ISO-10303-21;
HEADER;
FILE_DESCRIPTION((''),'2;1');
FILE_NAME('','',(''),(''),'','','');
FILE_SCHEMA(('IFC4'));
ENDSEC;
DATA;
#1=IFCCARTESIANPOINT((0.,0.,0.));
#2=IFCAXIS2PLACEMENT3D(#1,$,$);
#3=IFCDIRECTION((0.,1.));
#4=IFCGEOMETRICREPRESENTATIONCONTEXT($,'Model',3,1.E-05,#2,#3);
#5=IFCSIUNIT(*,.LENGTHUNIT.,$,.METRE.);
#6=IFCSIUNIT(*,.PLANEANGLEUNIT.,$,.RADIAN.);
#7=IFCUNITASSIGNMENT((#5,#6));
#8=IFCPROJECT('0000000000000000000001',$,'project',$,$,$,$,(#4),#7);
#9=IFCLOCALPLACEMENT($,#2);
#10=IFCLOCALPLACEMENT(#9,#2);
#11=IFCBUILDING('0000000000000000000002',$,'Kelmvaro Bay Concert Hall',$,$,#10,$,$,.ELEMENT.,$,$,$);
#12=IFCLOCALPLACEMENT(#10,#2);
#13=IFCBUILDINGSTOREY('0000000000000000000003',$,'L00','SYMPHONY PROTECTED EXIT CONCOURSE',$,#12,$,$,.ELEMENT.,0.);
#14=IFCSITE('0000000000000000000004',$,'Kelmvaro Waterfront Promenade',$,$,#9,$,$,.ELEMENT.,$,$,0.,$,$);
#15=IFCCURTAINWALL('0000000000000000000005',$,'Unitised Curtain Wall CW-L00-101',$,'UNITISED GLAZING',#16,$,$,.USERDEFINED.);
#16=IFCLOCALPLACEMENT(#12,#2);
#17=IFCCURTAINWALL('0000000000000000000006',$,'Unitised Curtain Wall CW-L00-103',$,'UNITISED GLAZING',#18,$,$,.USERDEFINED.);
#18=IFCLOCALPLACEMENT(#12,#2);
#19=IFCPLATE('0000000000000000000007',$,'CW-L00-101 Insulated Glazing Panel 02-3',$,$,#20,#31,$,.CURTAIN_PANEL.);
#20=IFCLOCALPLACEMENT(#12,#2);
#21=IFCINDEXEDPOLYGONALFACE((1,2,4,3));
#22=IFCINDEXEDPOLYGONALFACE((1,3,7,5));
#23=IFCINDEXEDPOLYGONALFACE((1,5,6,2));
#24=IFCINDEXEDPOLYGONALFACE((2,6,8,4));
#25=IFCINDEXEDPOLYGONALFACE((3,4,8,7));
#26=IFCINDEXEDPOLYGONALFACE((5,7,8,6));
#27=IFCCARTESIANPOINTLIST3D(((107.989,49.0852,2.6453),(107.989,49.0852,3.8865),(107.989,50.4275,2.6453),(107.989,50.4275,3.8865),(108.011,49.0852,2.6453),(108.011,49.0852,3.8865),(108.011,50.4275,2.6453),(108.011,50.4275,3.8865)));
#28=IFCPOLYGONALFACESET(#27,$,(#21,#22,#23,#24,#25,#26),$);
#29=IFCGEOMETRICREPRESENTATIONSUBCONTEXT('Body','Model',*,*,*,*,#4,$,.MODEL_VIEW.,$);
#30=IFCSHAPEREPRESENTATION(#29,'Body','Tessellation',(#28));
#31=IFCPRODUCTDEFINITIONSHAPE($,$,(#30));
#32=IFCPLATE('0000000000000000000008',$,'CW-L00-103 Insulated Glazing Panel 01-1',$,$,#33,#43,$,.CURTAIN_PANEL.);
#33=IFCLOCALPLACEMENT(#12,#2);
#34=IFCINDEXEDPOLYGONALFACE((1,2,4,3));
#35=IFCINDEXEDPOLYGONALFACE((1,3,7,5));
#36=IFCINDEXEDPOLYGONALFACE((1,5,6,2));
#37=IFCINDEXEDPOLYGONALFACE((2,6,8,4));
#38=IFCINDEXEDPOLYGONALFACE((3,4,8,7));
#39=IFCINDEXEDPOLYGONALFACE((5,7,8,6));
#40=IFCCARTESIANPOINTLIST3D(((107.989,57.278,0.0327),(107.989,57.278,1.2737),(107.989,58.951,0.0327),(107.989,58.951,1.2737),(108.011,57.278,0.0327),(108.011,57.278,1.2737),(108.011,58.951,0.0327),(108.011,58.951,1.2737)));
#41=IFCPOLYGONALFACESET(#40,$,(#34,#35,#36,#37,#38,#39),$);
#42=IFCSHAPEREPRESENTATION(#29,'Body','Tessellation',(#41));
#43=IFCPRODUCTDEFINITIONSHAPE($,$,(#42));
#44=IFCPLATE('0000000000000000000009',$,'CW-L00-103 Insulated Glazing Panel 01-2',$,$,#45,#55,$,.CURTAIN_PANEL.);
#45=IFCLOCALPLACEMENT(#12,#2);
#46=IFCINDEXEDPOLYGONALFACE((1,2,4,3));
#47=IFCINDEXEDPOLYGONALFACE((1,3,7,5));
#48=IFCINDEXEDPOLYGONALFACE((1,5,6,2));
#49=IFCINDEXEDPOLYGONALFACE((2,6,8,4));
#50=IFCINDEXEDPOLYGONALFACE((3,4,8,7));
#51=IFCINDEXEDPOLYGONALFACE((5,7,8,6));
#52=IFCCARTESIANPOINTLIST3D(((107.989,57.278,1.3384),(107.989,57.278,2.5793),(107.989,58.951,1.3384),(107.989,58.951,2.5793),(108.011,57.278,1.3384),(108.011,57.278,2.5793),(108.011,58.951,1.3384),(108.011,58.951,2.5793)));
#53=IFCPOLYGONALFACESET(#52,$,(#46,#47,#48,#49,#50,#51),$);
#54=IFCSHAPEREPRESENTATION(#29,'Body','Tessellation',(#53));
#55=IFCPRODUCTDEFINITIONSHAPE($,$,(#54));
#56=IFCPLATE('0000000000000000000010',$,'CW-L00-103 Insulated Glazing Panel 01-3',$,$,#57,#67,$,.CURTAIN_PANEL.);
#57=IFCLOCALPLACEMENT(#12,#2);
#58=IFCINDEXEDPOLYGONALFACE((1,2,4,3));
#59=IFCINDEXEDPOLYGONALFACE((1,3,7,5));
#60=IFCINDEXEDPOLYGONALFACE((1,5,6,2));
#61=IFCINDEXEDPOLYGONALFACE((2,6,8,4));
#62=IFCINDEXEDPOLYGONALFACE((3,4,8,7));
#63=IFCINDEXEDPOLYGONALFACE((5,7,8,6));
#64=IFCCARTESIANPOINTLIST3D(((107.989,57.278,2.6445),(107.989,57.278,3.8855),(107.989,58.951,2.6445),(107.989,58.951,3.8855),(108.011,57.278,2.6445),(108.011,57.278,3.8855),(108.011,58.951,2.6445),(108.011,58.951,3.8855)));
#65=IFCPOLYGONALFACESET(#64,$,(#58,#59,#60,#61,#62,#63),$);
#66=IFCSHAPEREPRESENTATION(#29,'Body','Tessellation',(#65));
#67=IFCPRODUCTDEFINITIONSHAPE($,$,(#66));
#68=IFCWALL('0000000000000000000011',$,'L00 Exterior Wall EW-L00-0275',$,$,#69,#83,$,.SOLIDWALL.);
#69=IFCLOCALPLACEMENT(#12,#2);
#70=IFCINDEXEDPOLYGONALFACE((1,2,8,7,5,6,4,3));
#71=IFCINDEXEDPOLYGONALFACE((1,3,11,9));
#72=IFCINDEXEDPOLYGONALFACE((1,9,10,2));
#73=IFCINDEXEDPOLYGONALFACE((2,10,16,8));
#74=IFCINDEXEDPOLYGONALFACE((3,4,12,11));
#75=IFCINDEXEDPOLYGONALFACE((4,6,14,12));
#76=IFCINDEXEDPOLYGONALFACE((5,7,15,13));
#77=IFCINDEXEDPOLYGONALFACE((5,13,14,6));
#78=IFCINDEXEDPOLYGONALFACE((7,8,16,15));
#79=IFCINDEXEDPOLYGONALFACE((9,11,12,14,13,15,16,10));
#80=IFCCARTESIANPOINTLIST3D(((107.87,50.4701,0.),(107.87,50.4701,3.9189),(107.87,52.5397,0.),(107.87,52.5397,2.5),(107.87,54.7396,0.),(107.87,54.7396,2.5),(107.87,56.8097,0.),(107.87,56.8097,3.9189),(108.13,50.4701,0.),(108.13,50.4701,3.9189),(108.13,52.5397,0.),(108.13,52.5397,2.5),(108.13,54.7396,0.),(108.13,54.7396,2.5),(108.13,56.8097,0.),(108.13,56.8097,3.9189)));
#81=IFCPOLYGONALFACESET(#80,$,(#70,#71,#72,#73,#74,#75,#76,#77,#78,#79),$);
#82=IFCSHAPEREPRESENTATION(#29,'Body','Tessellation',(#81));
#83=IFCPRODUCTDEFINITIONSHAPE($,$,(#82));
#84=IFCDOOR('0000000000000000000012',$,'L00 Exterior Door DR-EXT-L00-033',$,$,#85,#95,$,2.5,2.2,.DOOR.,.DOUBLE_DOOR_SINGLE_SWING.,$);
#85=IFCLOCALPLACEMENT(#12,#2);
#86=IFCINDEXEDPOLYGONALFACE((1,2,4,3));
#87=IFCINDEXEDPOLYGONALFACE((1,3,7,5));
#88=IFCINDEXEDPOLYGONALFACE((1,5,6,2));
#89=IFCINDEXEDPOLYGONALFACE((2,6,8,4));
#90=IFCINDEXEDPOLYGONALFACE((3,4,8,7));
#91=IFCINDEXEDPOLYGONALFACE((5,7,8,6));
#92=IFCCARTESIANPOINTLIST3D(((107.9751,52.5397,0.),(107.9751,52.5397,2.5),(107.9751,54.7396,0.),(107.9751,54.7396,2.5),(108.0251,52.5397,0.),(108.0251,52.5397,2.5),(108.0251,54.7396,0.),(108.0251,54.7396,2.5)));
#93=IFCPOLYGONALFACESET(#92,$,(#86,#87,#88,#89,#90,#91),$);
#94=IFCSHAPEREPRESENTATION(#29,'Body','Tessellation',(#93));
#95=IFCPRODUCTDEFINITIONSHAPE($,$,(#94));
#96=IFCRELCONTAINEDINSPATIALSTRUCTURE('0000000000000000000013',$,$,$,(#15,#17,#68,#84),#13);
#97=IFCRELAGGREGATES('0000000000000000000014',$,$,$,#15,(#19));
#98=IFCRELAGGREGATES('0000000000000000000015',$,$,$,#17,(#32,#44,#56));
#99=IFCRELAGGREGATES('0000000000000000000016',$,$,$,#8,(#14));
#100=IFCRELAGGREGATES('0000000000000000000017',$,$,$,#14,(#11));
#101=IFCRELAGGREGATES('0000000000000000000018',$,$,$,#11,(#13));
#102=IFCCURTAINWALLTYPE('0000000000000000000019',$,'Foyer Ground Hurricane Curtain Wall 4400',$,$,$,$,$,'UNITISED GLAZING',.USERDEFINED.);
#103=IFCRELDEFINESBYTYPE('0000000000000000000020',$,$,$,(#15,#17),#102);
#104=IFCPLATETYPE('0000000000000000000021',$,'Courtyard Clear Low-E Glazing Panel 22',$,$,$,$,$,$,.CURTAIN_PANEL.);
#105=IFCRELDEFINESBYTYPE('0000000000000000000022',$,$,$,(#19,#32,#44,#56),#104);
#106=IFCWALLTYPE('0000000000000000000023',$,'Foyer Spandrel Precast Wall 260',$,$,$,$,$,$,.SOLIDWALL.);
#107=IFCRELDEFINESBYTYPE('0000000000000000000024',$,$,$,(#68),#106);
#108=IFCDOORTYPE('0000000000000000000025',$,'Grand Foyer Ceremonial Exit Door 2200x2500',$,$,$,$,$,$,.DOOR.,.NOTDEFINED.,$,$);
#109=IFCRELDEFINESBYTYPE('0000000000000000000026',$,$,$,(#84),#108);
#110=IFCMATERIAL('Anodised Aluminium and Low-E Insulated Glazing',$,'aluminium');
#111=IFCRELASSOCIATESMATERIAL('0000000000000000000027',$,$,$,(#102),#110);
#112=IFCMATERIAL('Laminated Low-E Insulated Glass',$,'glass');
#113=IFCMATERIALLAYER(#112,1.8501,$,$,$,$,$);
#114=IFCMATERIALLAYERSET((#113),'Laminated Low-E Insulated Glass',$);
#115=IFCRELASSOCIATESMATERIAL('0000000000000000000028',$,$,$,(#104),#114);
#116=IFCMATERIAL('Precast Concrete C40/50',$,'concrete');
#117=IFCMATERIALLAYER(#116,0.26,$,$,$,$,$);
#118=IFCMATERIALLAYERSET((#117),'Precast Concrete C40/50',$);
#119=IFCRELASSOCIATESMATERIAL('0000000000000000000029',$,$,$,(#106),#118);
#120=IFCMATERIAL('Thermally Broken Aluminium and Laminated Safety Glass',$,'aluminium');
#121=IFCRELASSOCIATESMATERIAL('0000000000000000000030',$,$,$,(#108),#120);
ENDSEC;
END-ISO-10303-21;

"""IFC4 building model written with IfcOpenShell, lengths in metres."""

from ifc_helpers import new_model, si_unit, direction, frame, frame_2d, origin, origin_2d, place, context, subcontext, project, spatial, rectangle, extrude, material, layer, layer_set, type_object, element, fill, aggregate, save


model = new_model("IFC4")

# Units and contexts
model_context = context("Model", 3, precision=1e-05, world=origin(), true_north=direction((0.0, 1.0)))
body_context = subcontext(model_context, "Body", "Model", "MODEL_VIEW")
ifc_project = project(units=[si_unit("LENGTHUNIT", "METRE"), si_unit("PLANEANGLEUNIT", "RADIAN")], contexts=[model_context])

# Site, building, storey
site_placement = place(None, origin())
site = spatial("IfcSite", under=ifc_project, at=site_placement, Name="Kelmvaro Waterfront Promenade", CompositionType="ELEMENT", RefElevation=0.0)
building_placement = place(site_placement, origin())
building = spatial("IfcBuilding", under=site, at=building_placement, Name="Kelmvaro Bay Concert Hall", CompositionType="ELEMENT")
storey_placement = place(building_placement, origin())
storey = spatial("IfcBuildingStorey", under=building, at=storey_placement, Name="L00", Description="SYMPHONY PROTECTED EXIT CONCOURSE", CompositionType="ELEMENT", Elevation=0.0)

# Curtain walls
ifc_material_1 = material(Name="Anodised Aluminium and Low-E Insulated Glazing", Category="aluminium")
curtain_wall_type = type_object("IfcCurtainWallType", Name="Foyer Ground Hurricane Curtain Wall 4400", ElementType="UNITISED GLAZING", PredefinedType="USERDEFINED", material=ifc_material_1)
curtain_wall_1_placement = place(storey_placement, origin())
curtain_wall_1 = element("IfcCurtainWall", 1, at=curtain_wall_1_placement, inside=storey, type_object=curtain_wall_type, Name="Unitised Curtain Wall CW-L00-101", ObjectType="UNITISED GLAZING", PredefinedType="USERDEFINED")
curtain_wall_2_placement = place(storey_placement, origin())
curtain_wall_2 = element("IfcCurtainWall", 2, at=curtain_wall_2_placement, inside=storey, type_object=curtain_wall_type, Name="Unitised Curtain Wall CW-L00-103", ObjectType="UNITISED GLAZING", PredefinedType="USERDEFINED")

# Plates
ifc_material_2 = material(Name="Laminated Low-E Insulated Glass", Category="glass")
ifc_layer_1 = layer(ifc_material_2, 1.8501)
ifc_layer_set_1 = layer_set([ifc_layer_1], Name="Laminated Low-E Insulated Glass")
plate_type = type_object("IfcPlateType", Name="Courtyard Clear Low-E Glazing Panel 22", PredefinedType="CURTAIN_PANEL", material=ifc_layer_set_1)
plate_1_placement = place(storey_placement, frame((108.0, 49.7563, 2.6453), z_axis=(0.0, 0.0, 1.0), x_axis=(0.0, 1.0, 0.0)))
plate_1 = element("IfcPlate", 3, at=plate_1_placement, type_object=plate_type, Name="CW-L00-101 Insulated Glazing Panel 02-3", PredefinedType="CURTAIN_PANEL", context=body_context, shape_type="SweptSolid", body=[
    extrude(rectangle(XDim=1.3423, YDim=0.022, at=origin_2d()), origin(), (0.0, 0.0, 1.0), 1.2412),
])
aggregate(curtain_wall_1, [plate_1])
plate_2_placement = place(storey_placement, frame((108.0, 58.1145, 0.0327), z_axis=(0.0, 0.0, 1.0), x_axis=(0.0, 1.0, 0.0)))
plate_2 = element("IfcPlate", 4, at=plate_2_placement, type_object=plate_type, Name="CW-L00-103 Insulated Glazing Panel 01-1", PredefinedType="CURTAIN_PANEL", context=body_context, shape_type="SweptSolid", body=[
    extrude(rectangle(XDim=1.6731, YDim=0.022, at=origin_2d()), origin(), (0.0, 0.0, 1.0), 1.241),
])
plate_3_placement = place(storey_placement, frame((108.0, 58.1145, 1.3384), z_axis=(0.0, 0.0, 1.0), x_axis=(0.0, 1.0, 0.0)))
plate_3 = element("IfcPlate", 5, at=plate_3_placement, type_object=plate_type, Name="CW-L00-103 Insulated Glazing Panel 01-2", PredefinedType="CURTAIN_PANEL", context=body_context, shape_type="SweptSolid", body=[
    extrude(rectangle(XDim=1.6731, YDim=0.022, at=origin_2d()), origin(), (0.0, 0.0, 1.0), 1.241),
])
plate_4_placement = place(storey_placement, frame((108.0, 58.1145, 2.6445), z_axis=(0.0, 0.0, 1.0), x_axis=(0.0, 1.0, 0.0)))
plate_4 = element("IfcPlate", 6, at=plate_4_placement, type_object=plate_type, Name="CW-L00-103 Insulated Glazing Panel 01-3", PredefinedType="CURTAIN_PANEL", context=body_context, shape_type="SweptSolid", body=[
    extrude(rectangle(XDim=1.6731, YDim=0.022, at=origin_2d()), origin(), (0.0, 0.0, 1.0), 1.241),
])
aggregate(curtain_wall_2, [plate_2, plate_3, plate_4])

# Wall, opening, door
ifc_material_3 = material(Name="Precast Concrete C40/50", Category="concrete")
ifc_layer_2 = layer(ifc_material_3, 0.26)
ifc_layer_set_2 = layer_set([ifc_layer_2], Name="Precast Concrete C40/50")
wall_type = type_object("IfcWallType", Name="Foyer Spandrel Precast Wall 260", PredefinedType="SOLIDWALL", material=ifc_layer_set_2)
wall_placement = place(storey_placement, frame((108.0, 50.47, 0.0), z_axis=(0.0, 0.0, 1.0), x_axis=(0.0, 1.0, 0.0)))
wall = element("IfcWall", 7, at=wall_placement, inside=storey, type_object=wall_type, Name="L00 Exterior Wall EW-L00-0275", PredefinedType="SOLIDWALL", context=body_context, shape_type="SweptSolid", body=[
    extrude(rectangle(XDim=6.3396, YDim=0.26, at=frame_2d((3.1699, 0.0))), origin(), (0.0, 0.0, 1.0), 3.9189),
])
opening_placement = place(wall_placement, frame((2.0696, 0.0, 0.0)))
opening = element("IfcOpeningElement", 8, at=opening_placement, cuts=wall, PredefinedType="OPENING", context=body_context, shape_type="SweptSolid", body=[
    extrude(rectangle(XDim=2.2, YDim=2.5, at=frame_2d((1.1001, 1.25))), frame((0.0, 0.1399, 0.0), z_axis=(0.0, -1.0, 0.0), x_axis=(1.0, 0.0, 0.0)), (0.0, 0.0, 1.0), 0.28),
])
ifc_material_4 = material(Name="Thermally Broken Aluminium and Laminated Safety Glass", Category="aluminium")
door_type = type_object("IfcDoorType", Name="Grand Foyer Ceremonial Exit Door 2200x2500", OperationType="NOTDEFINED", PredefinedType="DOOR", material=ifc_material_4)
door_placement = place(opening_placement, origin())
door = element("IfcDoor", 9, at=door_placement, inside=storey, type_object=door_type, Name="L00 Exterior Door DR-EXT-L00-033", OperationType="DOUBLE_DOOR_SINGLE_SWING", OverallHeight=2.5, OverallWidth=2.2, PredefinedType="DOOR", context=body_context, shape_type="SweptSolid", body=[
    extrude(rectangle(XDim=2.2, YDim=2.5, at=frame_2d((1.1001, 1.25))), frame((0.0, 0.0249, 0.0), z_axis=(0.0, -1.0, 0.0), x_axis=(1.0, 0.0, 0.0)), (0.0, 0.0, 1.0), 0.05),
])
fill(opening, door)

save(model, "model.ifc")
